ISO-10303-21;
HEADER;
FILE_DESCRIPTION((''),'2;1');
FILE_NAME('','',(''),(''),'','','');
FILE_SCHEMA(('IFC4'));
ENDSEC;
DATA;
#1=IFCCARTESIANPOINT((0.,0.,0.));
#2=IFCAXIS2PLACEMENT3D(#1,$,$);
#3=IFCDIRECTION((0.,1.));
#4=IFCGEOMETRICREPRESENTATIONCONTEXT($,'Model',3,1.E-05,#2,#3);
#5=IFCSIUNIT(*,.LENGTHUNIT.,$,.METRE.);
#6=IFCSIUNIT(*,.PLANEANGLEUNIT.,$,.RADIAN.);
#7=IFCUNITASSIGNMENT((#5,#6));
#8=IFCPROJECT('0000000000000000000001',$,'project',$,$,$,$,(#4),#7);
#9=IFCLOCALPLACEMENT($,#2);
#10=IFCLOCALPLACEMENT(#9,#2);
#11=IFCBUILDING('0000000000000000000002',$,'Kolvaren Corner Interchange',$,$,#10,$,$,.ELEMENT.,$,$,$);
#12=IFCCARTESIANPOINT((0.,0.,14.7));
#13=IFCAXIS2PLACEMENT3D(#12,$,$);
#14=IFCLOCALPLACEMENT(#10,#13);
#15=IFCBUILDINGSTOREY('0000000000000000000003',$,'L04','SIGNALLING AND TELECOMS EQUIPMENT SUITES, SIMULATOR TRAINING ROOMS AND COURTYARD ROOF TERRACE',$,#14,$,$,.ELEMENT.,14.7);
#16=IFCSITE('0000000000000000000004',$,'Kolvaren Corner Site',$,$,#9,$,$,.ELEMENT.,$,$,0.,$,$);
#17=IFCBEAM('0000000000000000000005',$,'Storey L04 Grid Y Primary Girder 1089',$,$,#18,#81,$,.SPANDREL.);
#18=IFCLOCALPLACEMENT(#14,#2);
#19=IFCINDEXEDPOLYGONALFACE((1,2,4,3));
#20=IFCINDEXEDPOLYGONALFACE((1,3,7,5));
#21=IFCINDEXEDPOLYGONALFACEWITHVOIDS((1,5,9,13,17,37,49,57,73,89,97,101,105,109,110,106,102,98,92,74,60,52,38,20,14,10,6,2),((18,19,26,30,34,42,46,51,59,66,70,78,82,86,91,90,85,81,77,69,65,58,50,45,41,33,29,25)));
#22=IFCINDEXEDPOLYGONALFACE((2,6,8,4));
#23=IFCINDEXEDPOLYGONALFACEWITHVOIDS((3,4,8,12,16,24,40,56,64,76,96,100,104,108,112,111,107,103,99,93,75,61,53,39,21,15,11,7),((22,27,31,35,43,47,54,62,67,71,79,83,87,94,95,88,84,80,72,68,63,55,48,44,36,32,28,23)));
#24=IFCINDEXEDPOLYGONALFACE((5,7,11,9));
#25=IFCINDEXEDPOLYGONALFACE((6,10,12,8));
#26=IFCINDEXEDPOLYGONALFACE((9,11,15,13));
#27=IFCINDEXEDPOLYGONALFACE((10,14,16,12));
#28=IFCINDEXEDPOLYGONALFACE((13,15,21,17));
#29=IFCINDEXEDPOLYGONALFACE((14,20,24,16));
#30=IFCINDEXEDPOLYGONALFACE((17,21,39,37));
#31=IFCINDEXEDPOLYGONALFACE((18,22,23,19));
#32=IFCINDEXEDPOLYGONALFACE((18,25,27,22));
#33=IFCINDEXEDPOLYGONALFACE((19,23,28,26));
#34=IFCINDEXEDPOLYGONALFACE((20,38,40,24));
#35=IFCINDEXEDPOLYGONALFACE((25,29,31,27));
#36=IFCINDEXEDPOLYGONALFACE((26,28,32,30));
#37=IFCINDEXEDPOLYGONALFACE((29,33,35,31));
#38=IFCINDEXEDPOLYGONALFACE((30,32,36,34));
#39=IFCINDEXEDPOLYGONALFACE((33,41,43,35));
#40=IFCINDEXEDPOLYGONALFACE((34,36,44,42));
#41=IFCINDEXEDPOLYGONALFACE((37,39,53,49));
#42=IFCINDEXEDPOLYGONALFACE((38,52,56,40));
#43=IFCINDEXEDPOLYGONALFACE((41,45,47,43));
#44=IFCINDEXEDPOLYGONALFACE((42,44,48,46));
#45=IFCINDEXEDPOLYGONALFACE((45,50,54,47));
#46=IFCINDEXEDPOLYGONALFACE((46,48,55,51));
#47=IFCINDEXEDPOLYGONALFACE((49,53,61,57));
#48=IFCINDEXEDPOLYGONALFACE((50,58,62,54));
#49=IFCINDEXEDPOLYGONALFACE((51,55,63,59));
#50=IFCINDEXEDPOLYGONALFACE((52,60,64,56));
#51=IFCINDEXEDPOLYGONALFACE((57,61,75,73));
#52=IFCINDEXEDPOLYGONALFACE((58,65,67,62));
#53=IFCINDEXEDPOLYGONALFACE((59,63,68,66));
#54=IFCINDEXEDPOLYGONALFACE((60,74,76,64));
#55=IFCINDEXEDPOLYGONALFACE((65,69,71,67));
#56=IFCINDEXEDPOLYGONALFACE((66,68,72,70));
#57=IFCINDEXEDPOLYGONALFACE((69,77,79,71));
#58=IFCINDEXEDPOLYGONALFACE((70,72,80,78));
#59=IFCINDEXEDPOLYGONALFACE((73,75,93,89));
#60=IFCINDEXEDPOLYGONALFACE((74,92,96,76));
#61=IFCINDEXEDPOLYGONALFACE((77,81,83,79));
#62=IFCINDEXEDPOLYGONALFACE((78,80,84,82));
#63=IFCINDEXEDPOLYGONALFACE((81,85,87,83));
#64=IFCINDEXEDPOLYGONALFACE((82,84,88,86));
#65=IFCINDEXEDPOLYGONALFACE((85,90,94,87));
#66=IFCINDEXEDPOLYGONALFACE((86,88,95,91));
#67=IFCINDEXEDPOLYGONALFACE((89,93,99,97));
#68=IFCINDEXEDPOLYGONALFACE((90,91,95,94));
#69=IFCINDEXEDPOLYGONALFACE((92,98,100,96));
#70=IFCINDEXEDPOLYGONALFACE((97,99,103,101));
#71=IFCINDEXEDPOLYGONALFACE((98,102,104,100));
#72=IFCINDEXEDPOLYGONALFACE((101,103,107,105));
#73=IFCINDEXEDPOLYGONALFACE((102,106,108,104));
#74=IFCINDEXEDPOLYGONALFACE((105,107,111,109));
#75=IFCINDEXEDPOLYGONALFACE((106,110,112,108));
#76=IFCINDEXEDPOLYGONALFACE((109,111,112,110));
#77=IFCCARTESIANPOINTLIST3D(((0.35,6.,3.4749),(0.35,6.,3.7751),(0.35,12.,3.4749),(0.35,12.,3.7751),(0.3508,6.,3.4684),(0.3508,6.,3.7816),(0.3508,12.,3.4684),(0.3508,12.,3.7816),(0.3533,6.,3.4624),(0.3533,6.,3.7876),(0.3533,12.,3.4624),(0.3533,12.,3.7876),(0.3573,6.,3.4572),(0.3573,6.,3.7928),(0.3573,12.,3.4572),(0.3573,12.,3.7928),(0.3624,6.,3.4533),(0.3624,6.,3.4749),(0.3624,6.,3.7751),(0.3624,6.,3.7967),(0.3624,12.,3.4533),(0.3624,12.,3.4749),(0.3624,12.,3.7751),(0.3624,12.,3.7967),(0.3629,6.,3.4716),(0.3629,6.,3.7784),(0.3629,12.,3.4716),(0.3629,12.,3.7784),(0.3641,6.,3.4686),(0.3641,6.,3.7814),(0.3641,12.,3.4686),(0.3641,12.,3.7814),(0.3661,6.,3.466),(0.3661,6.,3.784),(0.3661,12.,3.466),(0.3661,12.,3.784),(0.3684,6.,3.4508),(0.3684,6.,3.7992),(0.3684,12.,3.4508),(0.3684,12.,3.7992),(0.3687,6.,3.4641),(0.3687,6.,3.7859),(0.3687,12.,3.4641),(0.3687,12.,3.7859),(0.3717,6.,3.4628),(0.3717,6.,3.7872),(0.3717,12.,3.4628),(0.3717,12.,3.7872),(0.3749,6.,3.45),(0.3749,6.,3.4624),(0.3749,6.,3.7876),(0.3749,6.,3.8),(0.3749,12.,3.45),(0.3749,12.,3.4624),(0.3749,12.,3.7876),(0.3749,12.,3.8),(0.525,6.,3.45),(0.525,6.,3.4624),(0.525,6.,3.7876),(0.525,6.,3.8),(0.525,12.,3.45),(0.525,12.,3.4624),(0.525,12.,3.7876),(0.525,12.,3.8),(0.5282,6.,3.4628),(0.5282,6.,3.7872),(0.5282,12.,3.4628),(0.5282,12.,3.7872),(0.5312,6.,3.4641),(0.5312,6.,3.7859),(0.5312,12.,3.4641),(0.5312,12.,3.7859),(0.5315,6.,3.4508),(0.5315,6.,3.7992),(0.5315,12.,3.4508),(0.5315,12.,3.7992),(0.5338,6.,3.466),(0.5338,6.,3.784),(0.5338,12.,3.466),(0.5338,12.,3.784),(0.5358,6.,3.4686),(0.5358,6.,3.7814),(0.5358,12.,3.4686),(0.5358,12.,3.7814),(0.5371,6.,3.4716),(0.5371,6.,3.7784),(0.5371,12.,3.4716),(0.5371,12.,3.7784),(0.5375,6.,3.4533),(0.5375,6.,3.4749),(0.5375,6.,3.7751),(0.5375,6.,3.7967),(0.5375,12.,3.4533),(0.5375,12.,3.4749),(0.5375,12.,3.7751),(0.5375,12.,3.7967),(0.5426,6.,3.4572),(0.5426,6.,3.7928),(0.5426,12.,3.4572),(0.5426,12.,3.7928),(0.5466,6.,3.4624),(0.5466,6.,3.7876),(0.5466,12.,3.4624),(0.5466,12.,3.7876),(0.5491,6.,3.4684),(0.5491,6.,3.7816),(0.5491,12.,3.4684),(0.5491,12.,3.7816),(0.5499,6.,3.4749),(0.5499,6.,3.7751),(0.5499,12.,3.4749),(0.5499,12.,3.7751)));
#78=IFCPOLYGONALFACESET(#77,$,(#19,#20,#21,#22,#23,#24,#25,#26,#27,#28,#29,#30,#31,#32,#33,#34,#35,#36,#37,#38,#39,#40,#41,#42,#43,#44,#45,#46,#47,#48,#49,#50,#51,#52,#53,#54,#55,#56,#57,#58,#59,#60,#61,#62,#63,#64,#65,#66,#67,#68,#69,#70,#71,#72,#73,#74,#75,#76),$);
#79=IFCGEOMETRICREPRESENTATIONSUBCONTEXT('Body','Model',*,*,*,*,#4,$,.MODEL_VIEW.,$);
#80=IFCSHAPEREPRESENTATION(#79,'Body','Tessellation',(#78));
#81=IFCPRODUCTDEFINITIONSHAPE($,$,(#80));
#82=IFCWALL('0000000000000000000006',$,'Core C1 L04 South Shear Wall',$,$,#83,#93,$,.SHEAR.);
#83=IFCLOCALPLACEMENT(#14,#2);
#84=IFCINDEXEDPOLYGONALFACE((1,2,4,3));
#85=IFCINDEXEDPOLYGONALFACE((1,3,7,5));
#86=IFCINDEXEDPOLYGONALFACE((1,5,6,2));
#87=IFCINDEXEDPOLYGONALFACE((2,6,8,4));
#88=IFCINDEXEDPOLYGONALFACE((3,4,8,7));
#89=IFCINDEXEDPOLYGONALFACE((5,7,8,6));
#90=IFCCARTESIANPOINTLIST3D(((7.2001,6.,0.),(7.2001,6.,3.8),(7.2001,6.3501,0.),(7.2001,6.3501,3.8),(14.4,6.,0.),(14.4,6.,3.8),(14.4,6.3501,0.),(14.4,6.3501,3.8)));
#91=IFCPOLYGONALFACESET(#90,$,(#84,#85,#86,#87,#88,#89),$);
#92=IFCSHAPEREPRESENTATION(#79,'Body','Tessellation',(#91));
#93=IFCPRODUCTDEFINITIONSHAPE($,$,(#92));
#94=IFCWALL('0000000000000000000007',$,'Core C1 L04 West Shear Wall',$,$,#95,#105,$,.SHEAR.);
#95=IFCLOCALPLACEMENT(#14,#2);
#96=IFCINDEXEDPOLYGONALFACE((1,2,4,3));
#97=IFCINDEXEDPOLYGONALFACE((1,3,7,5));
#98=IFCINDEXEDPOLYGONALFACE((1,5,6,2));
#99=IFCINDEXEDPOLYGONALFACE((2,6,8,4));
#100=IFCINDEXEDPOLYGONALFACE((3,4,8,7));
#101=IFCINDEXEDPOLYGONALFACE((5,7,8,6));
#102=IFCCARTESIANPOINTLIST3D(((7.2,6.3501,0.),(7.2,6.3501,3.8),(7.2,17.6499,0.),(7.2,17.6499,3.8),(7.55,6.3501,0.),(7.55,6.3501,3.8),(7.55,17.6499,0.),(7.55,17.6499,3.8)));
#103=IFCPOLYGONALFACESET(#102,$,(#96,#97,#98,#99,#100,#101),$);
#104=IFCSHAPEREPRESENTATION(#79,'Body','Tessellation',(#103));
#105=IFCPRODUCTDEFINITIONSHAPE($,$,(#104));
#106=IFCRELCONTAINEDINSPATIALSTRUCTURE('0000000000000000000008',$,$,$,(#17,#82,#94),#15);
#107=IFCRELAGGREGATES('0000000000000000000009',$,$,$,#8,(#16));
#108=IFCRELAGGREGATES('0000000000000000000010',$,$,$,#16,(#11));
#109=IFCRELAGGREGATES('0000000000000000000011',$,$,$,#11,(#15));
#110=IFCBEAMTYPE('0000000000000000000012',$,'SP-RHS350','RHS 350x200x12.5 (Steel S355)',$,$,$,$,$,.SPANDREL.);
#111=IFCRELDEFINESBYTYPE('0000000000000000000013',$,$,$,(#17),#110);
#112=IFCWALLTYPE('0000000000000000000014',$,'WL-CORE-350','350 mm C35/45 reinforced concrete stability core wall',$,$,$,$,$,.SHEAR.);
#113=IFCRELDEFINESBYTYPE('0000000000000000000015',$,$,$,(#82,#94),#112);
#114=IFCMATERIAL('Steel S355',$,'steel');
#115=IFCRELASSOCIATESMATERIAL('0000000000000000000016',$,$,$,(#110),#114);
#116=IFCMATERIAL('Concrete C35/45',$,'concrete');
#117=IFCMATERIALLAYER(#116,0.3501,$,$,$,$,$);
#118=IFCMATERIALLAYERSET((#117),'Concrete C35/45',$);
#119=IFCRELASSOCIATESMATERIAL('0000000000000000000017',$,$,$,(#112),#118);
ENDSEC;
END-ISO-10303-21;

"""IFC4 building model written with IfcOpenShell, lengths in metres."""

from ifc_helpers import new_model, si_unit, direction, frame, frame_2d, origin, origin_2d, place, context, subcontext, project, spatial, rectangle, hollow_rectangle, extrude, material, layer, layer_set, material_profile, profile_set, type_object, element, save


model = new_model("IFC4")

# Units and contexts
model_context = context("Model", 3, precision=1e-05, world=origin(), true_north=direction((0.0, 1.0)))
body_context = subcontext(model_context, "Body", "Model", "MODEL_VIEW")
ifc_project = project(units=[si_unit("LENGTHUNIT", "METRE"), si_unit("PLANEANGLEUNIT", "RADIAN")], contexts=[model_context])

# Site, building, storey
site_placement = place(None, origin())
site = spatial("IfcSite", under=ifc_project, at=site_placement, Name="Kolvaren Corner Site", CompositionType="ELEMENT", RefElevation=0.0)
building_placement = place(site_placement, origin())
building = spatial("IfcBuilding", under=site, at=building_placement, Name="Kolvaren Corner Interchange", CompositionType="ELEMENT")
storey_placement = place(building_placement, frame((0.0, 0.0, 14.7)))
storey = spatial("IfcBuildingStorey", under=building, at=storey_placement, Name="L04", Description="SIGNALLING AND TELECOMS EQUIPMENT SUITES, SIMULATOR TRAINING ROOMS AND COURTYARD ROOF TERRACE", CompositionType="ELEMENT", Elevation=14.7)

# Beam
ifc_material_1 = material(Name="Steel S355", Category="steel")
ifc_material_profile_1 = material_profile(ifc_material_1, hollow_rectangle(XDim=0.2, YDim=0.3501, WallThickness=0.0125, InnerFilletRadius=0.0125, OuterFilletRadius=0.0249, at=origin_2d()), Name="RHS 350x200x12.5")
ifc_profile_set_1 = profile_set([ifc_material_profile_1], Name="Steel S355")
beam_type_1 = type_object("IfcBeamType", Name="SP-RHS350", Description="RHS 350x200x12.5 (Steel S355)", PredefinedType="SPANDREL", material=ifc_profile_set_1)
beam_1_placement = place(storey_placement, frame((0.45, 6.0, 3.625), z_axis=(0.0, 1.0, 0.0), x_axis=(-1.0, 0.0, 0.0)))
element("IfcBeam", 1, at=beam_1_placement, inside=storey, type_object=beam_type_1, Name="Storey L04 Grid Y Primary Girder 1089", PredefinedType="SPANDREL", context=body_context, shape_type="SweptSolid", body=[
    extrude(hollow_rectangle(XDim=0.2, YDim=0.3501, WallThickness=0.0125, InnerFilletRadius=0.0125, OuterFilletRadius=0.0249, at=origin_2d()), origin(), (0.0, 0.0, 1.0), 6.0),
])

# Walls
ifc_material_2 = material(Name="Concrete C35/45", Category="concrete")
ifc_layer_1 = layer(ifc_material_2, 0.3501)
ifc_layer_set_1 = layer_set([ifc_layer_1], Name="Concrete C35/45")
wall_type_1 = type_object("IfcWallType", Name="WL-CORE-350", Description="350 mm C35/45 reinforced concrete stability core wall", PredefinedType="SHEAR", material=ifc_layer_set_1)
wall_1_placement = place(storey_placement, frame((7.2, 6.175, 0.0), z_axis=(0.0, 0.0, 1.0), x_axis=(1.0, 0.0, 0.0)))
element("IfcWall", 2, at=wall_1_placement, inside=storey, type_object=wall_type_1, Name="Core C1 L04 South Shear Wall", PredefinedType="SHEAR", context=body_context, shape_type="SweptSolid", body=[
    extrude(rectangle(XDim=7.2, YDim=0.3501, at=frame_2d((3.6001, 0.0))), origin(), (0.0, 0.0, 1.0), 3.8),
])
wall_2_placement = place(storey_placement, frame((7.375, 6.3501, 0.0), z_axis=(0.0, 0.0, 1.0), x_axis=(0.0, 1.0, 0.0)))
element("IfcWall", 3, at=wall_2_placement, inside=storey, type_object=wall_type_1, Name="Core C1 L04 West Shear Wall", PredefinedType="SHEAR", context=body_context, shape_type="SweptSolid", body=[
    extrude(rectangle(XDim=11.2998, YDim=0.3501, at=frame_2d((5.6499, 0.0))), origin(), (0.0, 0.0, 1.0), 3.8),
])

save(model, "model.ifc")
